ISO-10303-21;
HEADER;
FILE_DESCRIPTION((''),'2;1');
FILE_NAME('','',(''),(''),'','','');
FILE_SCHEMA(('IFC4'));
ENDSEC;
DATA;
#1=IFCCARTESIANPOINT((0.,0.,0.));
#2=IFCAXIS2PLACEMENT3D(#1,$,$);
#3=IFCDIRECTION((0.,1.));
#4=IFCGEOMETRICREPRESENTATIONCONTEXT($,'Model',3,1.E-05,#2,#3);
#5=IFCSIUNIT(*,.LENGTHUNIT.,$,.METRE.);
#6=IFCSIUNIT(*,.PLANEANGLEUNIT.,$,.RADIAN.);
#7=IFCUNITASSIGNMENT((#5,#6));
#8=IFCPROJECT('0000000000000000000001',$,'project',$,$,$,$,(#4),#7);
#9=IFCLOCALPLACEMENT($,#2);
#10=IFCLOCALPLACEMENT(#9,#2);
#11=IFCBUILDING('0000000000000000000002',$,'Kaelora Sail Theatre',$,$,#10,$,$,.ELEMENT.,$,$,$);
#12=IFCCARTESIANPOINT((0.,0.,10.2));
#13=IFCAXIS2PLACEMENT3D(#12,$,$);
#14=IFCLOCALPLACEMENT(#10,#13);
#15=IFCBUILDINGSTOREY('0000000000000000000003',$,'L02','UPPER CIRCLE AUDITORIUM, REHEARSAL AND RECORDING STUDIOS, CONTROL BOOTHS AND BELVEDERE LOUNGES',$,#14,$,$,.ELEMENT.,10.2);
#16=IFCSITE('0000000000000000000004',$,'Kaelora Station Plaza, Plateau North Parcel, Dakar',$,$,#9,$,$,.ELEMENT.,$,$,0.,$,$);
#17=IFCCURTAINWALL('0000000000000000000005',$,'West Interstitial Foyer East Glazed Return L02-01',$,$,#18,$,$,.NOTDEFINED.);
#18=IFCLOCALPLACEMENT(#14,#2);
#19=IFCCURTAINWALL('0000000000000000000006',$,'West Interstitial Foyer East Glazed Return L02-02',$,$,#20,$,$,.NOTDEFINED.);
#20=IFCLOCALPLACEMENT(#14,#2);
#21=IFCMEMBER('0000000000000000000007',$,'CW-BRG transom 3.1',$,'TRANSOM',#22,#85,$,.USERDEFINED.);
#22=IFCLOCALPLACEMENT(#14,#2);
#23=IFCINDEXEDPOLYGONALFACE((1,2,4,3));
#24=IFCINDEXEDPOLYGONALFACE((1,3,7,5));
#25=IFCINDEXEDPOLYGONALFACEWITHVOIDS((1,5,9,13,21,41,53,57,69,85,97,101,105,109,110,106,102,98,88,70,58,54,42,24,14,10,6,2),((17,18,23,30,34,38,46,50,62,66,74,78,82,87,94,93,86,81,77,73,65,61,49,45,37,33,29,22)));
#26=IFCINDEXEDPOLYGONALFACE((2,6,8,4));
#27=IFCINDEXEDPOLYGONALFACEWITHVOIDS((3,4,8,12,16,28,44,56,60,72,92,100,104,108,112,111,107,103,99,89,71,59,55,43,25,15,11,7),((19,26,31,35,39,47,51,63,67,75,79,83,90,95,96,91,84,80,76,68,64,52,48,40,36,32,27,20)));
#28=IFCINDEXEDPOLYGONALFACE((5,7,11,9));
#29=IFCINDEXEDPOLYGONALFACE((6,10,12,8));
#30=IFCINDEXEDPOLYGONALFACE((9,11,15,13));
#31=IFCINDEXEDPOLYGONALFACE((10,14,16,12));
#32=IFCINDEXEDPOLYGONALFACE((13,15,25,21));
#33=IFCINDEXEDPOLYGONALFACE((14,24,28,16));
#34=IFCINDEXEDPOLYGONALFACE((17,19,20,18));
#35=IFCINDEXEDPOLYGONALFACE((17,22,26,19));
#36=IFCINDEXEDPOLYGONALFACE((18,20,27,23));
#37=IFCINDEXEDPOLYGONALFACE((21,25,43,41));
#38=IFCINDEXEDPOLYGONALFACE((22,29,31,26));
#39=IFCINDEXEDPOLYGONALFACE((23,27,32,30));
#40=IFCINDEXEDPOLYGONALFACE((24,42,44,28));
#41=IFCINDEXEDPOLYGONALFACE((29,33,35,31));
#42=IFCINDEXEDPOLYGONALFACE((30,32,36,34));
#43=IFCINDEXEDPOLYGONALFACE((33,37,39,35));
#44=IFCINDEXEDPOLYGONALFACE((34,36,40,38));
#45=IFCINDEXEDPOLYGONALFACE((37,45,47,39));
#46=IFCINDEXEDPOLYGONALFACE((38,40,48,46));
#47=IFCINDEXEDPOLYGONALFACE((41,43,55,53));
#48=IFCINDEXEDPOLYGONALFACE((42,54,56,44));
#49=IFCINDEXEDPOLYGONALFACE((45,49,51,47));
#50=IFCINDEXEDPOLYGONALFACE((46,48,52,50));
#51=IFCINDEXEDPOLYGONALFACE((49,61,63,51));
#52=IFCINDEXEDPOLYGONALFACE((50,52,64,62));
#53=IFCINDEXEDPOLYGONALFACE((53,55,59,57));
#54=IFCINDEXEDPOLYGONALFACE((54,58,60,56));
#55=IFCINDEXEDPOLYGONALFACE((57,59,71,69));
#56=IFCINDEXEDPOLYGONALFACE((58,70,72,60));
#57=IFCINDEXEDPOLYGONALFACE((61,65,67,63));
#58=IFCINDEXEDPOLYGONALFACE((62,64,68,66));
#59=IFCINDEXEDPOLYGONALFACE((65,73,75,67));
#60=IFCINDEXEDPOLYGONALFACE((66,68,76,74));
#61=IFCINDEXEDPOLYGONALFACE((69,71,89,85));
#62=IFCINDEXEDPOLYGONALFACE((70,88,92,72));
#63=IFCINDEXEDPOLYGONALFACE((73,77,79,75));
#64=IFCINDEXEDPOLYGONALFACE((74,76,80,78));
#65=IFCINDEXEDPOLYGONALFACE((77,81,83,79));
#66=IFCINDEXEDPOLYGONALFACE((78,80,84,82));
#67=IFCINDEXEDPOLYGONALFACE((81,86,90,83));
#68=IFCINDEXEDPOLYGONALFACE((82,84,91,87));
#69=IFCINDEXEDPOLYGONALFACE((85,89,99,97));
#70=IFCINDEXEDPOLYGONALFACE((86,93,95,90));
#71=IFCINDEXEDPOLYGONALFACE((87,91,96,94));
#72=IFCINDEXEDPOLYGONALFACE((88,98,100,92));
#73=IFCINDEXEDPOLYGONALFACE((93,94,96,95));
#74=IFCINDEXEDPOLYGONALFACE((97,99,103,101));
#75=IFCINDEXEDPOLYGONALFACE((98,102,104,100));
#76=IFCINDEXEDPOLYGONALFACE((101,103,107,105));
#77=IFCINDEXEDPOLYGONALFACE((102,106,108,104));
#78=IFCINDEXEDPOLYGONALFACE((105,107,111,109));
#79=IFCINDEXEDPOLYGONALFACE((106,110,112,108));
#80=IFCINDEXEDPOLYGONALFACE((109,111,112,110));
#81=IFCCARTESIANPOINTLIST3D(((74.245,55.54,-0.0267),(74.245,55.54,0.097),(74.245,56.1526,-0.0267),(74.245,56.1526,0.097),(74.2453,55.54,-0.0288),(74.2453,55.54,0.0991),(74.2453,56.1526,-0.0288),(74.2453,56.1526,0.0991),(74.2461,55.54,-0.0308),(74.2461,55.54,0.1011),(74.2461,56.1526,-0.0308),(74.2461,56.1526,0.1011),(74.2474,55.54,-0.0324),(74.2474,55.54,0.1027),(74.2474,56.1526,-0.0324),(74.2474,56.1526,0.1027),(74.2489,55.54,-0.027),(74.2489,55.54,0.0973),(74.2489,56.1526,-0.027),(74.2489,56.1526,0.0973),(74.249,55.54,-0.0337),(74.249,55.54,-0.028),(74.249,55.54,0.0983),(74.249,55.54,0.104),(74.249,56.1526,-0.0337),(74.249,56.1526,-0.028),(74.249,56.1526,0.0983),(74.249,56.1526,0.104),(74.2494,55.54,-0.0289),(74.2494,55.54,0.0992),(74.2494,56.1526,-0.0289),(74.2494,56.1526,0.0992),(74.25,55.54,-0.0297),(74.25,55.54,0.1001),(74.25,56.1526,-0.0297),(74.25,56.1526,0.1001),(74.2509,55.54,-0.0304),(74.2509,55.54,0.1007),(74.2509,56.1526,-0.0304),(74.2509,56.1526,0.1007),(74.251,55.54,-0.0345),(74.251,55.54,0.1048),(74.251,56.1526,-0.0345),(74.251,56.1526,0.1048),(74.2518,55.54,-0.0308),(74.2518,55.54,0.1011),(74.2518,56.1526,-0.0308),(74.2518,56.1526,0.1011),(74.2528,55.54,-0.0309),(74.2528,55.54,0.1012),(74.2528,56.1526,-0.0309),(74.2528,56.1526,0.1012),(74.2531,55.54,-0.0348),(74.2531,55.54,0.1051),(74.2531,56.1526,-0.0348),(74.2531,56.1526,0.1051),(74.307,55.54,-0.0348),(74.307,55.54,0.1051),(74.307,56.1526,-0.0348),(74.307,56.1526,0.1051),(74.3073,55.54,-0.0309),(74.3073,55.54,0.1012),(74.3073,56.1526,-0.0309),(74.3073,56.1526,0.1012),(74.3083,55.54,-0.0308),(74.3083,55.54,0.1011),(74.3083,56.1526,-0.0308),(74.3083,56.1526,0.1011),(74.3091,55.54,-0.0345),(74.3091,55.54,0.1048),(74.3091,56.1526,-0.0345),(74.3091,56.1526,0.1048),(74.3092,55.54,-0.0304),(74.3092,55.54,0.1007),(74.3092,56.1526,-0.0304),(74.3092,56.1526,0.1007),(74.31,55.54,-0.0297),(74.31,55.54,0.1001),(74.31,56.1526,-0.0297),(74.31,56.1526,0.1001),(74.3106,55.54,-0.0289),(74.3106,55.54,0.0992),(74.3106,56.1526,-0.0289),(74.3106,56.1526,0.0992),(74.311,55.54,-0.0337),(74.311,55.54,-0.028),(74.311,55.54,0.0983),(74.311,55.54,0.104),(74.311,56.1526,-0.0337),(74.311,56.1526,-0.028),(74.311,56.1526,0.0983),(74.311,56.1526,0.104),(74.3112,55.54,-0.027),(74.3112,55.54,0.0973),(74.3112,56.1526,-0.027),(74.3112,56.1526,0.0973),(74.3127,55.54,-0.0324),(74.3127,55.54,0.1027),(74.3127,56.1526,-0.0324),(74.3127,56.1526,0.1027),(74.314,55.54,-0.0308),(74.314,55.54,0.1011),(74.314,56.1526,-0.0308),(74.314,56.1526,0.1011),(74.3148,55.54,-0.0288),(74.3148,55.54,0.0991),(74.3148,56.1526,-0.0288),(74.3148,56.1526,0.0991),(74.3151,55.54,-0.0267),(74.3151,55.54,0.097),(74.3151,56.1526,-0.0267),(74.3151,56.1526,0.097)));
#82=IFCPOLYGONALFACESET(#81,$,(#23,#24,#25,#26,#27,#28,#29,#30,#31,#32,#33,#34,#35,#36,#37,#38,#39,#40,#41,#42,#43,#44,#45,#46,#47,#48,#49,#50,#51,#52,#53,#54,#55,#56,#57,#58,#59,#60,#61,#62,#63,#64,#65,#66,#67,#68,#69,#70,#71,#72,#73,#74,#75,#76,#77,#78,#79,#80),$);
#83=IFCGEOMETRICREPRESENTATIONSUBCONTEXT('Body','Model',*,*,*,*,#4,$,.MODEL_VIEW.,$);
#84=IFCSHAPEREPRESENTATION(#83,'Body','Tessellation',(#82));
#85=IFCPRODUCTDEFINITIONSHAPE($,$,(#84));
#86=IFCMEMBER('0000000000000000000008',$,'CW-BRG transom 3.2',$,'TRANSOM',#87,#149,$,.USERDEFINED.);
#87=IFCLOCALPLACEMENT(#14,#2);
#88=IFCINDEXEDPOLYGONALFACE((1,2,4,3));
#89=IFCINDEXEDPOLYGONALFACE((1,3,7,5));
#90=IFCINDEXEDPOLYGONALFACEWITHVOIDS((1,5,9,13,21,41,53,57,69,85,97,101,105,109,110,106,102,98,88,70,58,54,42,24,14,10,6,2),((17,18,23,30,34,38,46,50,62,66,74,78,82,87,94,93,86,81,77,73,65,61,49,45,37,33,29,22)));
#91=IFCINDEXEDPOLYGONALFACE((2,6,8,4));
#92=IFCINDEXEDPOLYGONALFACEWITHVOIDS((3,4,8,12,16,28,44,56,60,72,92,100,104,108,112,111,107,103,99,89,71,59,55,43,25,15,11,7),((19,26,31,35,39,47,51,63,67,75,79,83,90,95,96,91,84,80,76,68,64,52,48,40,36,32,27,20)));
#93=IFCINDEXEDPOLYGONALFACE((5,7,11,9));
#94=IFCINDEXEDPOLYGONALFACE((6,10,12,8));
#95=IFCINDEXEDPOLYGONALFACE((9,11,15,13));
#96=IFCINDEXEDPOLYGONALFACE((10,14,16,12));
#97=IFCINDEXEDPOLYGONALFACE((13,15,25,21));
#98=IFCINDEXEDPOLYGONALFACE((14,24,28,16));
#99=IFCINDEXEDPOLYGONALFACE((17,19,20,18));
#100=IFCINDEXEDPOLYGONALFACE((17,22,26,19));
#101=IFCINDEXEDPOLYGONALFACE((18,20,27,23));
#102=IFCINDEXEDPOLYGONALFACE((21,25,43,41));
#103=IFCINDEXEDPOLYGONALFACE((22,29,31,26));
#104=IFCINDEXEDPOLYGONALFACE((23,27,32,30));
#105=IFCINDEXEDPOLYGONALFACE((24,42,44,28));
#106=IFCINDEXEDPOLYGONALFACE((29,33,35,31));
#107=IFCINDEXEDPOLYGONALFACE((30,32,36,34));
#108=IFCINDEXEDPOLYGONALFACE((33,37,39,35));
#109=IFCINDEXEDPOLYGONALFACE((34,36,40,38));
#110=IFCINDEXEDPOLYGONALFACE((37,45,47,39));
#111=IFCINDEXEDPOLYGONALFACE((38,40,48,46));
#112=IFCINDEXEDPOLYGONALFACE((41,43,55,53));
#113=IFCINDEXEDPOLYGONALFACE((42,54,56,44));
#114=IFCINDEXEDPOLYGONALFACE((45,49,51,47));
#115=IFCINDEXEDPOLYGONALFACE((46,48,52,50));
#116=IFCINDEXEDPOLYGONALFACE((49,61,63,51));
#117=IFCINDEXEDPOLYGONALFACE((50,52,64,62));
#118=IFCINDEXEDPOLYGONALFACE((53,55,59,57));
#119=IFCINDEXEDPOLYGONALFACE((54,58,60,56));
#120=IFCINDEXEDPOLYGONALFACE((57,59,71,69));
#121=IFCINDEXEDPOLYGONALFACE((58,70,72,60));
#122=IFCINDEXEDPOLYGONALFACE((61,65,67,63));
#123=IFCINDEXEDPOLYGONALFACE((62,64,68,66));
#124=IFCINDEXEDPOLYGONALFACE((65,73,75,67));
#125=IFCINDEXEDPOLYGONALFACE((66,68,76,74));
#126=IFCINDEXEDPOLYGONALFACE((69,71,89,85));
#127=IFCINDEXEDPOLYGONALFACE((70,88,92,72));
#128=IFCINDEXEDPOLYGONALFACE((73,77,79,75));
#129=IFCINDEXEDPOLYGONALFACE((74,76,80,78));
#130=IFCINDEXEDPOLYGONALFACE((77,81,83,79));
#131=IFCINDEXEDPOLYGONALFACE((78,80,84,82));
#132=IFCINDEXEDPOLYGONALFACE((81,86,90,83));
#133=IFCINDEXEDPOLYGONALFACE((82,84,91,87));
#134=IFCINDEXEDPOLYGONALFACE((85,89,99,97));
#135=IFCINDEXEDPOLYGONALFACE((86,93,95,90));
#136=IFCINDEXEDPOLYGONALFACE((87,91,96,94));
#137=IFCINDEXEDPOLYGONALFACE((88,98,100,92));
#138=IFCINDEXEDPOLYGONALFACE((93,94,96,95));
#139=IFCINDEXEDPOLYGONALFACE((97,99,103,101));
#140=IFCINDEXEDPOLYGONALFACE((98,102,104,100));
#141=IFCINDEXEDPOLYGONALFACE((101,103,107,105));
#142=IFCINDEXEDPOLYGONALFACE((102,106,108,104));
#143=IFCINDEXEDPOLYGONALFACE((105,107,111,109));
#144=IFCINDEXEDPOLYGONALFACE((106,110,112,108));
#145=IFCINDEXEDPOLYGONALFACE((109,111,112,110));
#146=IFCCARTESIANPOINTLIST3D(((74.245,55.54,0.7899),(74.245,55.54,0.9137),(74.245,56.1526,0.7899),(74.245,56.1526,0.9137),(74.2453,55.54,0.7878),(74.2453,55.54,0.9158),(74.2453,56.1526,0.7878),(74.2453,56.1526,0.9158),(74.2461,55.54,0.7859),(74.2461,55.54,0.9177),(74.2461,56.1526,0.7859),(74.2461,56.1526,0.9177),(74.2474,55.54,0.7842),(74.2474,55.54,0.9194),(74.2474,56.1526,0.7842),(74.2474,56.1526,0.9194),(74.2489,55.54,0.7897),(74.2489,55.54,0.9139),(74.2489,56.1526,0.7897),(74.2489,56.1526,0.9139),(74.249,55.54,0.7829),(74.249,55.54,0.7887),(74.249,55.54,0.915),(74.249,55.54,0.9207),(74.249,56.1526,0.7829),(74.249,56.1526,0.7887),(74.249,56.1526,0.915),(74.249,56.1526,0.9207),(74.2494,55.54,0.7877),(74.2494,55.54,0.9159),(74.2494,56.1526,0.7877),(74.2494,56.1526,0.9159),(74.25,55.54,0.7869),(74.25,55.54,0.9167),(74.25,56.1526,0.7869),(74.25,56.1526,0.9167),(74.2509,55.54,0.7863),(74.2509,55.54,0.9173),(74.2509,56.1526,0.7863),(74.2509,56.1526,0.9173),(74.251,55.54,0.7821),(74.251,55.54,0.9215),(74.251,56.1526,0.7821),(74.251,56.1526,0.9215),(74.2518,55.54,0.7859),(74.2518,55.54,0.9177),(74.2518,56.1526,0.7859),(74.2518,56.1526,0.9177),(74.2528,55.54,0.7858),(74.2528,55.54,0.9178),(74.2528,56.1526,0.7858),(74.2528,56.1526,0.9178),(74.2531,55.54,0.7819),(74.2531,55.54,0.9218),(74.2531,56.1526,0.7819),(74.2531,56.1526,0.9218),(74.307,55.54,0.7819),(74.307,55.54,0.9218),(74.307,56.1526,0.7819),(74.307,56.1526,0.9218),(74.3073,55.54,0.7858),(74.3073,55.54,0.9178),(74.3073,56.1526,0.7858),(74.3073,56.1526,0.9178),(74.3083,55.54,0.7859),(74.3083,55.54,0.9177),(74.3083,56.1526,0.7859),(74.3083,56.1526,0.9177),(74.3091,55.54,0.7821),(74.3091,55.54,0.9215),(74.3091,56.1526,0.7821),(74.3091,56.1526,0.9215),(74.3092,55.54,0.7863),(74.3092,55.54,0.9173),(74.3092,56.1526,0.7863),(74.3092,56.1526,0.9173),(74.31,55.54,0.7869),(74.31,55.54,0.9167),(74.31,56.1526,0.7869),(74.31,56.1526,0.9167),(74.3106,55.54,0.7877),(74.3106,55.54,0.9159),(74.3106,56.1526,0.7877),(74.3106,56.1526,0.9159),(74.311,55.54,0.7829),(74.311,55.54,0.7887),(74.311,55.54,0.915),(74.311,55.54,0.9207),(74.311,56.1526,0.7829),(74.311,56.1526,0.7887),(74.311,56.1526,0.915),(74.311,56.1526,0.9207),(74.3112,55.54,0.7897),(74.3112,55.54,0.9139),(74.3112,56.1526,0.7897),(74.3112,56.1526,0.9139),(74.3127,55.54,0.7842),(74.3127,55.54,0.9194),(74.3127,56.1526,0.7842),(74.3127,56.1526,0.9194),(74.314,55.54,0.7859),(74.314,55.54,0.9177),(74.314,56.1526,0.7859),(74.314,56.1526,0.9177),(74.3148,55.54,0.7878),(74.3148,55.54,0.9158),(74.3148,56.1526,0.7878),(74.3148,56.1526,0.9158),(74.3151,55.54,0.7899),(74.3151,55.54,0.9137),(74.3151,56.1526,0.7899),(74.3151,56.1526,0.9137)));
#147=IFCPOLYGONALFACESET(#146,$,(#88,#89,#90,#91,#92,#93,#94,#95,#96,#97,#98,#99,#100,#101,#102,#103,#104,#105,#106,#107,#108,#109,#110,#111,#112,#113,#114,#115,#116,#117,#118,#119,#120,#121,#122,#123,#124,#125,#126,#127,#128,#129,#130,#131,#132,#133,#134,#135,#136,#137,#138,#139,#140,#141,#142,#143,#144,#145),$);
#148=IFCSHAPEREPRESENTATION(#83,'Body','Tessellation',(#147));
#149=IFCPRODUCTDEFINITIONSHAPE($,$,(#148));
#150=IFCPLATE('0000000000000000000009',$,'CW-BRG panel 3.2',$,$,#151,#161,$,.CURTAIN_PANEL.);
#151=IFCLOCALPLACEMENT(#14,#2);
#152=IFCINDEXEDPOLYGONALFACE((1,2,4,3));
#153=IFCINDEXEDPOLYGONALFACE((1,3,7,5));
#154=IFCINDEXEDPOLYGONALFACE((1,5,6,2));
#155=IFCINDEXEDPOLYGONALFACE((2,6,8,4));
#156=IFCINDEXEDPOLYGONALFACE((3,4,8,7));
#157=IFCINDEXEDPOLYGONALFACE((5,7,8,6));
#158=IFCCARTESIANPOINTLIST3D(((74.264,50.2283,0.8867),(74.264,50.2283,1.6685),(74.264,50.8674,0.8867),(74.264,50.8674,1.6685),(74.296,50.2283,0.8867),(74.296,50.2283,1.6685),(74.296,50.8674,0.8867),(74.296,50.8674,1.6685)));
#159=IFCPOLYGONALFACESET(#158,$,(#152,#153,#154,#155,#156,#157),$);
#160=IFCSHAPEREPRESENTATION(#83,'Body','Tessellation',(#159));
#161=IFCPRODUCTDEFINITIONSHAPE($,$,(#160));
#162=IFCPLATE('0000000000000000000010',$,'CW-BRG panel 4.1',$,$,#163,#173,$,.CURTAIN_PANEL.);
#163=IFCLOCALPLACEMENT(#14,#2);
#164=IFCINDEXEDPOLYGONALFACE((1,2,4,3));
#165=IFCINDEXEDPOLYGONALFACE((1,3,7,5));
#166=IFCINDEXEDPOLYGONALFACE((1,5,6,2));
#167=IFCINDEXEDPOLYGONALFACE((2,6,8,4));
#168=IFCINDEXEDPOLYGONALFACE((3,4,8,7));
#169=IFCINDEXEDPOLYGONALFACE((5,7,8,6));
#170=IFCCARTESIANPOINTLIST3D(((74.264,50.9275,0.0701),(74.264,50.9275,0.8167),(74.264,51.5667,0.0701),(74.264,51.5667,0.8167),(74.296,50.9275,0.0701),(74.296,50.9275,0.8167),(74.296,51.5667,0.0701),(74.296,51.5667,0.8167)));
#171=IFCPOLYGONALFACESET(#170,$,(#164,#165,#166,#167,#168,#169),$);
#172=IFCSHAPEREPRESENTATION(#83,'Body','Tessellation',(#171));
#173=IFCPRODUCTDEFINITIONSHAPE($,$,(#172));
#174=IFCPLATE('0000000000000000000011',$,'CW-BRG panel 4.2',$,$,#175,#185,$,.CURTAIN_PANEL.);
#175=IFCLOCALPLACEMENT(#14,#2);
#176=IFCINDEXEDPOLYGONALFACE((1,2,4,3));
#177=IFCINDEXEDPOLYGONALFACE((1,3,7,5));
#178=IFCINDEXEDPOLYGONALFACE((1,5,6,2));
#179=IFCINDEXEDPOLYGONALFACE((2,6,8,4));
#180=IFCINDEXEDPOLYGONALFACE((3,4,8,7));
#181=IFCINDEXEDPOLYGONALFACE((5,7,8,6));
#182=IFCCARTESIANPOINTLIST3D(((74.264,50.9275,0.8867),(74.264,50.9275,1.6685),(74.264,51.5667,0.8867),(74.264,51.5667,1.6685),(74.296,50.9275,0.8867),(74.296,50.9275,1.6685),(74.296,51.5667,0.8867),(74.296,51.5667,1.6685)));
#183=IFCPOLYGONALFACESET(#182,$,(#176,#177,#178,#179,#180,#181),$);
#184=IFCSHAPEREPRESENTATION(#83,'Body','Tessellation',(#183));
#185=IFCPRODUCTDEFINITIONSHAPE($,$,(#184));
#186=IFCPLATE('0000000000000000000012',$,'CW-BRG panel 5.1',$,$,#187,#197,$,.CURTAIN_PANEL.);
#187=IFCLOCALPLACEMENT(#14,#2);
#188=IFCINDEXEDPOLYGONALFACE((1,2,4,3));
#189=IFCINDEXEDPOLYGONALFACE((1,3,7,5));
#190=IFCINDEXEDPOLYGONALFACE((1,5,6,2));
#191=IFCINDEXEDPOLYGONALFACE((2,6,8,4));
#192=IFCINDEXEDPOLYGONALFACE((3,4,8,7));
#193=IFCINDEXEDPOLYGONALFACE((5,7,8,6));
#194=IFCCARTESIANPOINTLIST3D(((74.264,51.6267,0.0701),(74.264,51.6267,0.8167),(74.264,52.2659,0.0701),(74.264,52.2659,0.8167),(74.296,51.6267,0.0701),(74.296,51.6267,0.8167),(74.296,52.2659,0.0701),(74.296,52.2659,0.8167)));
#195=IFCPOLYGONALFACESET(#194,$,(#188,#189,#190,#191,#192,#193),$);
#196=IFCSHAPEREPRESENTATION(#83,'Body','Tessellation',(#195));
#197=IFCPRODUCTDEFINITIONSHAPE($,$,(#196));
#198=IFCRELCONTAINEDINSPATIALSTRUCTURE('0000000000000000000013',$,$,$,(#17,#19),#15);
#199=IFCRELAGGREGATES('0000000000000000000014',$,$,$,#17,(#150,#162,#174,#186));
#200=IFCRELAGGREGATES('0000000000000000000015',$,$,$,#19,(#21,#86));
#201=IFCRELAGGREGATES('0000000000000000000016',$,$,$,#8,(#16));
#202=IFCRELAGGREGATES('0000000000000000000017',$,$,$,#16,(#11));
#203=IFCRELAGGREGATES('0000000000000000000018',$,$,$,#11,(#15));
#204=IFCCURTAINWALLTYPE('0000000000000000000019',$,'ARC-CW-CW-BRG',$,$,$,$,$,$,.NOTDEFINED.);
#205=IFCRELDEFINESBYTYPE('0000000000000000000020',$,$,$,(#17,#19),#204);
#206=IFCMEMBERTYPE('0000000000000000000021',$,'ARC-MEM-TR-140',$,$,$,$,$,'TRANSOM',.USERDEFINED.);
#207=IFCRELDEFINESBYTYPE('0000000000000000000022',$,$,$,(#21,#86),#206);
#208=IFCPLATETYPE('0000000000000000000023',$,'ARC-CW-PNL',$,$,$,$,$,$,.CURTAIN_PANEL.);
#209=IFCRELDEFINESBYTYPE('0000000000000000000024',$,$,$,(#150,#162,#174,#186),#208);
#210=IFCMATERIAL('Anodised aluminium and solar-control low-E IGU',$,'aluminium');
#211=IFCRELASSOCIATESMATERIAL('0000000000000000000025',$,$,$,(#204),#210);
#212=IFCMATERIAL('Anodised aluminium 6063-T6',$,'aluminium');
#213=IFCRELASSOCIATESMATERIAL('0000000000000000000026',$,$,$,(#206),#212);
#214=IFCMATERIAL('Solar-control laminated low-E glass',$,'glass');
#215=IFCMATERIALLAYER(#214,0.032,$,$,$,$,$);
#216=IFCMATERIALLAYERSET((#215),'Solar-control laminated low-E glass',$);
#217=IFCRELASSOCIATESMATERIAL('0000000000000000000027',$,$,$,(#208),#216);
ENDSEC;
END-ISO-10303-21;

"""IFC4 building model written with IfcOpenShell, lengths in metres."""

from ifc_helpers import new_model, si_unit, direction, frame, origin, origin_2d, place, context, subcontext, project, spatial, rectangle, hollow_rectangle, extrude, material, layer, layer_set, material_profile, profile_set, type_object, element, aggregate, save


model = new_model("IFC4")

# Units and contexts
model_context = context("Model", 3, precision=1e-05, world=origin(), true_north=direction((0.0, 1.0)))
body_context = subcontext(model_context, "Body", "Model", "MODEL_VIEW")
ifc_project = project(units=[si_unit("LENGTHUNIT", "METRE"), si_unit("PLANEANGLEUNIT", "RADIAN")], contexts=[model_context])

# Site, building, storey
site_placement = place(None, origin())
site = spatial("IfcSite", under=ifc_project, at=site_placement, Name="Kaelora Station Plaza, Plateau North Parcel, Dakar", CompositionType="ELEMENT", RefElevation=0.0)
building_placement = place(site_placement, origin())
building = spatial("IfcBuilding", under=site, at=building_placement, Name="Kaelora Sail Theatre", CompositionType="ELEMENT")
storey_placement = place(building_placement, frame((0.0, 0.0, 10.2)))
storey = spatial("IfcBuildingStorey", under=building, at=storey_placement, Name="L02", Description="UPPER CIRCLE AUDITORIUM, REHEARSAL AND RECORDING STUDIOS, CONTROL BOOTHS AND BELVEDERE LOUNGES", CompositionType="ELEMENT", Elevation=10.2)

# Curtain walls
ifc_material_1 = material(Name="Anodised aluminium and solar-control low-E IGU", Category="aluminium")
curtain_wall_type = type_object("IfcCurtainWallType", Name="ARC-CW-CW-BRG", PredefinedType="NOTDEFINED", material=ifc_material_1)
curtain_wall_1_placement = place(storey_placement, origin())
curtain_wall_1 = element("IfcCurtainWall", 1, at=curtain_wall_1_placement, inside=storey, type_object=curtain_wall_type, Name="West Interstitial Foyer East Glazed Return L02-01", PredefinedType="NOTDEFINED")
curtain_wall_2_placement = place(storey_placement, origin())
curtain_wall_2 = element("IfcCurtainWall", 2, at=curtain_wall_2_placement, inside=storey, type_object=curtain_wall_type, Name="West Interstitial Foyer East Glazed Return L02-02", PredefinedType="NOTDEFINED")

# Members
ifc_material_2 = material(Name="Anodised aluminium 6063-T6", Category="aluminium")
ifc_material_profile_1 = material_profile(ifc_material_2, hollow_rectangle(XDim=0.0701, YDim=0.1399, WallThickness=0.0039, InnerFilletRadius=0.0039, OuterFilletRadius=0.0081, at=origin_2d()), Name="ALU-TRAN 70x140x4")
ifc_profile_set_1 = profile_set([ifc_material_profile_1], Name="Anodised aluminium 6063-T6")
member_type_1 = type_object("IfcMemberType", Name="ARC-MEM-TR-140", ElementType="TRANSOM", PredefinedType="USERDEFINED", material=ifc_profile_set_1)
member_1_placement = place(storey_placement, frame((74.28, 55.54, 0.0352), z_axis=(0.0, 1.0, 0.0), x_axis=(-1.0, 0.0, 0.0)))
member_1 = element("IfcMember", 3, at=member_1_placement, type_object=member_type_1, Name="CW-BRG transom 3.1", ObjectType="TRANSOM", PredefinedType="USERDEFINED", context=body_context, shape_type="SweptSolid", body=[
    extrude(hollow_rectangle(XDim=0.0701, YDim=0.1399, WallThickness=0.0039, InnerFilletRadius=0.0039, OuterFilletRadius=0.0081, at=origin_2d()), origin(), (0.0, 0.0, 1.0), 0.6125),
])
member_2_placement = place(storey_placement, frame((74.28, 55.54, 0.8518), z_axis=(0.0, 1.0, 0.0), x_axis=(-1.0, 0.0, 0.0)))
member_2 = element("IfcMember", 4, at=member_2_placement, type_object=member_type_1, Name="CW-BRG transom 3.2", ObjectType="TRANSOM", PredefinedType="USERDEFINED", context=body_context, shape_type="SweptSolid", body=[
    extrude(hollow_rectangle(XDim=0.0701, YDim=0.1399, WallThickness=0.0039, InnerFilletRadius=0.0039, OuterFilletRadius=0.0081, at=origin_2d()), origin(), (0.0, 0.0, 1.0), 0.6125),
])

# Plates
ifc_material_3 = material(Name="Solar-control laminated low-E glass", Category="glass")
ifc_layer_1 = layer(ifc_material_3, 0.032)
ifc_layer_set_1 = layer_set([ifc_layer_1], Name="Solar-control laminated low-E glass")
plate_type = type_object("IfcPlateType", Name="ARC-CW-PNL", PredefinedType="CURTAIN_PANEL", material=ifc_layer_set_1)
plate_1_placement = place(storey_placement, frame((74.28, 50.5479, 0.8867), z_axis=(0.0, 0.0, 1.0), x_axis=(0.0, 1.0, 0.0)))
plate_1 = element("IfcPlate", 5, at=plate_1_placement, type_object=plate_type, Name="CW-BRG panel 3.2", PredefinedType="CURTAIN_PANEL", context=body_context, shape_type="SweptSolid", body=[
    extrude(rectangle(XDim=0.6392, YDim=0.032, at=origin_2d()), origin(), (0.0, 0.0, 1.0), 0.7817),
])
plate_2_placement = place(storey_placement, frame((74.28, 51.2471, 0.0701), z_axis=(0.0, 0.0, 1.0), x_axis=(0.0, 1.0, 0.0)))
plate_2 = element("IfcPlate", 6, at=plate_2_placement, type_object=plate_type, Name="CW-BRG panel 4.1", PredefinedType="CURTAIN_PANEL", context=body_context, shape_type="SweptSolid", body=[
    extrude(rectangle(XDim=0.6392, YDim=0.032, at=origin_2d()), origin(), (0.0, 0.0, 1.0), 0.7466),
])
plate_3_placement = place(storey_placement, frame((74.28, 51.2471, 0.8867), z_axis=(0.0, 0.0, 1.0), x_axis=(0.0, 1.0, 0.0)))
plate_3 = element("IfcPlate", 7, at=plate_3_placement, type_object=plate_type, Name="CW-BRG panel 4.2", PredefinedType="CURTAIN_PANEL", context=body_context, shape_type="SweptSolid", body=[
    extrude(rectangle(XDim=0.6392, YDim=0.032, at=origin_2d()), origin(), (0.0, 0.0, 1.0), 0.7817),
])
plate_4_placement = place(storey_placement, frame((74.28, 51.9463, 0.0701), z_axis=(0.0, 0.0, 1.0), x_axis=(0.0, 1.0, 0.0)))
plate_4 = element("IfcPlate", 8, at=plate_4_placement, type_object=plate_type, Name="CW-BRG panel 5.1", PredefinedType="CURTAIN_PANEL", context=body_context, shape_type="SweptSolid", body=[
    extrude(rectangle(XDim=0.6392, YDim=0.032, at=origin_2d()), origin(), (0.0, 0.0, 1.0), 0.7466),
])
aggregate(curtain_wall_1, [plate_1, plate_2, plate_3, plate_4])
aggregate(curtain_wall_2, [member_1, member_2])

save(model, "model.ifc")
